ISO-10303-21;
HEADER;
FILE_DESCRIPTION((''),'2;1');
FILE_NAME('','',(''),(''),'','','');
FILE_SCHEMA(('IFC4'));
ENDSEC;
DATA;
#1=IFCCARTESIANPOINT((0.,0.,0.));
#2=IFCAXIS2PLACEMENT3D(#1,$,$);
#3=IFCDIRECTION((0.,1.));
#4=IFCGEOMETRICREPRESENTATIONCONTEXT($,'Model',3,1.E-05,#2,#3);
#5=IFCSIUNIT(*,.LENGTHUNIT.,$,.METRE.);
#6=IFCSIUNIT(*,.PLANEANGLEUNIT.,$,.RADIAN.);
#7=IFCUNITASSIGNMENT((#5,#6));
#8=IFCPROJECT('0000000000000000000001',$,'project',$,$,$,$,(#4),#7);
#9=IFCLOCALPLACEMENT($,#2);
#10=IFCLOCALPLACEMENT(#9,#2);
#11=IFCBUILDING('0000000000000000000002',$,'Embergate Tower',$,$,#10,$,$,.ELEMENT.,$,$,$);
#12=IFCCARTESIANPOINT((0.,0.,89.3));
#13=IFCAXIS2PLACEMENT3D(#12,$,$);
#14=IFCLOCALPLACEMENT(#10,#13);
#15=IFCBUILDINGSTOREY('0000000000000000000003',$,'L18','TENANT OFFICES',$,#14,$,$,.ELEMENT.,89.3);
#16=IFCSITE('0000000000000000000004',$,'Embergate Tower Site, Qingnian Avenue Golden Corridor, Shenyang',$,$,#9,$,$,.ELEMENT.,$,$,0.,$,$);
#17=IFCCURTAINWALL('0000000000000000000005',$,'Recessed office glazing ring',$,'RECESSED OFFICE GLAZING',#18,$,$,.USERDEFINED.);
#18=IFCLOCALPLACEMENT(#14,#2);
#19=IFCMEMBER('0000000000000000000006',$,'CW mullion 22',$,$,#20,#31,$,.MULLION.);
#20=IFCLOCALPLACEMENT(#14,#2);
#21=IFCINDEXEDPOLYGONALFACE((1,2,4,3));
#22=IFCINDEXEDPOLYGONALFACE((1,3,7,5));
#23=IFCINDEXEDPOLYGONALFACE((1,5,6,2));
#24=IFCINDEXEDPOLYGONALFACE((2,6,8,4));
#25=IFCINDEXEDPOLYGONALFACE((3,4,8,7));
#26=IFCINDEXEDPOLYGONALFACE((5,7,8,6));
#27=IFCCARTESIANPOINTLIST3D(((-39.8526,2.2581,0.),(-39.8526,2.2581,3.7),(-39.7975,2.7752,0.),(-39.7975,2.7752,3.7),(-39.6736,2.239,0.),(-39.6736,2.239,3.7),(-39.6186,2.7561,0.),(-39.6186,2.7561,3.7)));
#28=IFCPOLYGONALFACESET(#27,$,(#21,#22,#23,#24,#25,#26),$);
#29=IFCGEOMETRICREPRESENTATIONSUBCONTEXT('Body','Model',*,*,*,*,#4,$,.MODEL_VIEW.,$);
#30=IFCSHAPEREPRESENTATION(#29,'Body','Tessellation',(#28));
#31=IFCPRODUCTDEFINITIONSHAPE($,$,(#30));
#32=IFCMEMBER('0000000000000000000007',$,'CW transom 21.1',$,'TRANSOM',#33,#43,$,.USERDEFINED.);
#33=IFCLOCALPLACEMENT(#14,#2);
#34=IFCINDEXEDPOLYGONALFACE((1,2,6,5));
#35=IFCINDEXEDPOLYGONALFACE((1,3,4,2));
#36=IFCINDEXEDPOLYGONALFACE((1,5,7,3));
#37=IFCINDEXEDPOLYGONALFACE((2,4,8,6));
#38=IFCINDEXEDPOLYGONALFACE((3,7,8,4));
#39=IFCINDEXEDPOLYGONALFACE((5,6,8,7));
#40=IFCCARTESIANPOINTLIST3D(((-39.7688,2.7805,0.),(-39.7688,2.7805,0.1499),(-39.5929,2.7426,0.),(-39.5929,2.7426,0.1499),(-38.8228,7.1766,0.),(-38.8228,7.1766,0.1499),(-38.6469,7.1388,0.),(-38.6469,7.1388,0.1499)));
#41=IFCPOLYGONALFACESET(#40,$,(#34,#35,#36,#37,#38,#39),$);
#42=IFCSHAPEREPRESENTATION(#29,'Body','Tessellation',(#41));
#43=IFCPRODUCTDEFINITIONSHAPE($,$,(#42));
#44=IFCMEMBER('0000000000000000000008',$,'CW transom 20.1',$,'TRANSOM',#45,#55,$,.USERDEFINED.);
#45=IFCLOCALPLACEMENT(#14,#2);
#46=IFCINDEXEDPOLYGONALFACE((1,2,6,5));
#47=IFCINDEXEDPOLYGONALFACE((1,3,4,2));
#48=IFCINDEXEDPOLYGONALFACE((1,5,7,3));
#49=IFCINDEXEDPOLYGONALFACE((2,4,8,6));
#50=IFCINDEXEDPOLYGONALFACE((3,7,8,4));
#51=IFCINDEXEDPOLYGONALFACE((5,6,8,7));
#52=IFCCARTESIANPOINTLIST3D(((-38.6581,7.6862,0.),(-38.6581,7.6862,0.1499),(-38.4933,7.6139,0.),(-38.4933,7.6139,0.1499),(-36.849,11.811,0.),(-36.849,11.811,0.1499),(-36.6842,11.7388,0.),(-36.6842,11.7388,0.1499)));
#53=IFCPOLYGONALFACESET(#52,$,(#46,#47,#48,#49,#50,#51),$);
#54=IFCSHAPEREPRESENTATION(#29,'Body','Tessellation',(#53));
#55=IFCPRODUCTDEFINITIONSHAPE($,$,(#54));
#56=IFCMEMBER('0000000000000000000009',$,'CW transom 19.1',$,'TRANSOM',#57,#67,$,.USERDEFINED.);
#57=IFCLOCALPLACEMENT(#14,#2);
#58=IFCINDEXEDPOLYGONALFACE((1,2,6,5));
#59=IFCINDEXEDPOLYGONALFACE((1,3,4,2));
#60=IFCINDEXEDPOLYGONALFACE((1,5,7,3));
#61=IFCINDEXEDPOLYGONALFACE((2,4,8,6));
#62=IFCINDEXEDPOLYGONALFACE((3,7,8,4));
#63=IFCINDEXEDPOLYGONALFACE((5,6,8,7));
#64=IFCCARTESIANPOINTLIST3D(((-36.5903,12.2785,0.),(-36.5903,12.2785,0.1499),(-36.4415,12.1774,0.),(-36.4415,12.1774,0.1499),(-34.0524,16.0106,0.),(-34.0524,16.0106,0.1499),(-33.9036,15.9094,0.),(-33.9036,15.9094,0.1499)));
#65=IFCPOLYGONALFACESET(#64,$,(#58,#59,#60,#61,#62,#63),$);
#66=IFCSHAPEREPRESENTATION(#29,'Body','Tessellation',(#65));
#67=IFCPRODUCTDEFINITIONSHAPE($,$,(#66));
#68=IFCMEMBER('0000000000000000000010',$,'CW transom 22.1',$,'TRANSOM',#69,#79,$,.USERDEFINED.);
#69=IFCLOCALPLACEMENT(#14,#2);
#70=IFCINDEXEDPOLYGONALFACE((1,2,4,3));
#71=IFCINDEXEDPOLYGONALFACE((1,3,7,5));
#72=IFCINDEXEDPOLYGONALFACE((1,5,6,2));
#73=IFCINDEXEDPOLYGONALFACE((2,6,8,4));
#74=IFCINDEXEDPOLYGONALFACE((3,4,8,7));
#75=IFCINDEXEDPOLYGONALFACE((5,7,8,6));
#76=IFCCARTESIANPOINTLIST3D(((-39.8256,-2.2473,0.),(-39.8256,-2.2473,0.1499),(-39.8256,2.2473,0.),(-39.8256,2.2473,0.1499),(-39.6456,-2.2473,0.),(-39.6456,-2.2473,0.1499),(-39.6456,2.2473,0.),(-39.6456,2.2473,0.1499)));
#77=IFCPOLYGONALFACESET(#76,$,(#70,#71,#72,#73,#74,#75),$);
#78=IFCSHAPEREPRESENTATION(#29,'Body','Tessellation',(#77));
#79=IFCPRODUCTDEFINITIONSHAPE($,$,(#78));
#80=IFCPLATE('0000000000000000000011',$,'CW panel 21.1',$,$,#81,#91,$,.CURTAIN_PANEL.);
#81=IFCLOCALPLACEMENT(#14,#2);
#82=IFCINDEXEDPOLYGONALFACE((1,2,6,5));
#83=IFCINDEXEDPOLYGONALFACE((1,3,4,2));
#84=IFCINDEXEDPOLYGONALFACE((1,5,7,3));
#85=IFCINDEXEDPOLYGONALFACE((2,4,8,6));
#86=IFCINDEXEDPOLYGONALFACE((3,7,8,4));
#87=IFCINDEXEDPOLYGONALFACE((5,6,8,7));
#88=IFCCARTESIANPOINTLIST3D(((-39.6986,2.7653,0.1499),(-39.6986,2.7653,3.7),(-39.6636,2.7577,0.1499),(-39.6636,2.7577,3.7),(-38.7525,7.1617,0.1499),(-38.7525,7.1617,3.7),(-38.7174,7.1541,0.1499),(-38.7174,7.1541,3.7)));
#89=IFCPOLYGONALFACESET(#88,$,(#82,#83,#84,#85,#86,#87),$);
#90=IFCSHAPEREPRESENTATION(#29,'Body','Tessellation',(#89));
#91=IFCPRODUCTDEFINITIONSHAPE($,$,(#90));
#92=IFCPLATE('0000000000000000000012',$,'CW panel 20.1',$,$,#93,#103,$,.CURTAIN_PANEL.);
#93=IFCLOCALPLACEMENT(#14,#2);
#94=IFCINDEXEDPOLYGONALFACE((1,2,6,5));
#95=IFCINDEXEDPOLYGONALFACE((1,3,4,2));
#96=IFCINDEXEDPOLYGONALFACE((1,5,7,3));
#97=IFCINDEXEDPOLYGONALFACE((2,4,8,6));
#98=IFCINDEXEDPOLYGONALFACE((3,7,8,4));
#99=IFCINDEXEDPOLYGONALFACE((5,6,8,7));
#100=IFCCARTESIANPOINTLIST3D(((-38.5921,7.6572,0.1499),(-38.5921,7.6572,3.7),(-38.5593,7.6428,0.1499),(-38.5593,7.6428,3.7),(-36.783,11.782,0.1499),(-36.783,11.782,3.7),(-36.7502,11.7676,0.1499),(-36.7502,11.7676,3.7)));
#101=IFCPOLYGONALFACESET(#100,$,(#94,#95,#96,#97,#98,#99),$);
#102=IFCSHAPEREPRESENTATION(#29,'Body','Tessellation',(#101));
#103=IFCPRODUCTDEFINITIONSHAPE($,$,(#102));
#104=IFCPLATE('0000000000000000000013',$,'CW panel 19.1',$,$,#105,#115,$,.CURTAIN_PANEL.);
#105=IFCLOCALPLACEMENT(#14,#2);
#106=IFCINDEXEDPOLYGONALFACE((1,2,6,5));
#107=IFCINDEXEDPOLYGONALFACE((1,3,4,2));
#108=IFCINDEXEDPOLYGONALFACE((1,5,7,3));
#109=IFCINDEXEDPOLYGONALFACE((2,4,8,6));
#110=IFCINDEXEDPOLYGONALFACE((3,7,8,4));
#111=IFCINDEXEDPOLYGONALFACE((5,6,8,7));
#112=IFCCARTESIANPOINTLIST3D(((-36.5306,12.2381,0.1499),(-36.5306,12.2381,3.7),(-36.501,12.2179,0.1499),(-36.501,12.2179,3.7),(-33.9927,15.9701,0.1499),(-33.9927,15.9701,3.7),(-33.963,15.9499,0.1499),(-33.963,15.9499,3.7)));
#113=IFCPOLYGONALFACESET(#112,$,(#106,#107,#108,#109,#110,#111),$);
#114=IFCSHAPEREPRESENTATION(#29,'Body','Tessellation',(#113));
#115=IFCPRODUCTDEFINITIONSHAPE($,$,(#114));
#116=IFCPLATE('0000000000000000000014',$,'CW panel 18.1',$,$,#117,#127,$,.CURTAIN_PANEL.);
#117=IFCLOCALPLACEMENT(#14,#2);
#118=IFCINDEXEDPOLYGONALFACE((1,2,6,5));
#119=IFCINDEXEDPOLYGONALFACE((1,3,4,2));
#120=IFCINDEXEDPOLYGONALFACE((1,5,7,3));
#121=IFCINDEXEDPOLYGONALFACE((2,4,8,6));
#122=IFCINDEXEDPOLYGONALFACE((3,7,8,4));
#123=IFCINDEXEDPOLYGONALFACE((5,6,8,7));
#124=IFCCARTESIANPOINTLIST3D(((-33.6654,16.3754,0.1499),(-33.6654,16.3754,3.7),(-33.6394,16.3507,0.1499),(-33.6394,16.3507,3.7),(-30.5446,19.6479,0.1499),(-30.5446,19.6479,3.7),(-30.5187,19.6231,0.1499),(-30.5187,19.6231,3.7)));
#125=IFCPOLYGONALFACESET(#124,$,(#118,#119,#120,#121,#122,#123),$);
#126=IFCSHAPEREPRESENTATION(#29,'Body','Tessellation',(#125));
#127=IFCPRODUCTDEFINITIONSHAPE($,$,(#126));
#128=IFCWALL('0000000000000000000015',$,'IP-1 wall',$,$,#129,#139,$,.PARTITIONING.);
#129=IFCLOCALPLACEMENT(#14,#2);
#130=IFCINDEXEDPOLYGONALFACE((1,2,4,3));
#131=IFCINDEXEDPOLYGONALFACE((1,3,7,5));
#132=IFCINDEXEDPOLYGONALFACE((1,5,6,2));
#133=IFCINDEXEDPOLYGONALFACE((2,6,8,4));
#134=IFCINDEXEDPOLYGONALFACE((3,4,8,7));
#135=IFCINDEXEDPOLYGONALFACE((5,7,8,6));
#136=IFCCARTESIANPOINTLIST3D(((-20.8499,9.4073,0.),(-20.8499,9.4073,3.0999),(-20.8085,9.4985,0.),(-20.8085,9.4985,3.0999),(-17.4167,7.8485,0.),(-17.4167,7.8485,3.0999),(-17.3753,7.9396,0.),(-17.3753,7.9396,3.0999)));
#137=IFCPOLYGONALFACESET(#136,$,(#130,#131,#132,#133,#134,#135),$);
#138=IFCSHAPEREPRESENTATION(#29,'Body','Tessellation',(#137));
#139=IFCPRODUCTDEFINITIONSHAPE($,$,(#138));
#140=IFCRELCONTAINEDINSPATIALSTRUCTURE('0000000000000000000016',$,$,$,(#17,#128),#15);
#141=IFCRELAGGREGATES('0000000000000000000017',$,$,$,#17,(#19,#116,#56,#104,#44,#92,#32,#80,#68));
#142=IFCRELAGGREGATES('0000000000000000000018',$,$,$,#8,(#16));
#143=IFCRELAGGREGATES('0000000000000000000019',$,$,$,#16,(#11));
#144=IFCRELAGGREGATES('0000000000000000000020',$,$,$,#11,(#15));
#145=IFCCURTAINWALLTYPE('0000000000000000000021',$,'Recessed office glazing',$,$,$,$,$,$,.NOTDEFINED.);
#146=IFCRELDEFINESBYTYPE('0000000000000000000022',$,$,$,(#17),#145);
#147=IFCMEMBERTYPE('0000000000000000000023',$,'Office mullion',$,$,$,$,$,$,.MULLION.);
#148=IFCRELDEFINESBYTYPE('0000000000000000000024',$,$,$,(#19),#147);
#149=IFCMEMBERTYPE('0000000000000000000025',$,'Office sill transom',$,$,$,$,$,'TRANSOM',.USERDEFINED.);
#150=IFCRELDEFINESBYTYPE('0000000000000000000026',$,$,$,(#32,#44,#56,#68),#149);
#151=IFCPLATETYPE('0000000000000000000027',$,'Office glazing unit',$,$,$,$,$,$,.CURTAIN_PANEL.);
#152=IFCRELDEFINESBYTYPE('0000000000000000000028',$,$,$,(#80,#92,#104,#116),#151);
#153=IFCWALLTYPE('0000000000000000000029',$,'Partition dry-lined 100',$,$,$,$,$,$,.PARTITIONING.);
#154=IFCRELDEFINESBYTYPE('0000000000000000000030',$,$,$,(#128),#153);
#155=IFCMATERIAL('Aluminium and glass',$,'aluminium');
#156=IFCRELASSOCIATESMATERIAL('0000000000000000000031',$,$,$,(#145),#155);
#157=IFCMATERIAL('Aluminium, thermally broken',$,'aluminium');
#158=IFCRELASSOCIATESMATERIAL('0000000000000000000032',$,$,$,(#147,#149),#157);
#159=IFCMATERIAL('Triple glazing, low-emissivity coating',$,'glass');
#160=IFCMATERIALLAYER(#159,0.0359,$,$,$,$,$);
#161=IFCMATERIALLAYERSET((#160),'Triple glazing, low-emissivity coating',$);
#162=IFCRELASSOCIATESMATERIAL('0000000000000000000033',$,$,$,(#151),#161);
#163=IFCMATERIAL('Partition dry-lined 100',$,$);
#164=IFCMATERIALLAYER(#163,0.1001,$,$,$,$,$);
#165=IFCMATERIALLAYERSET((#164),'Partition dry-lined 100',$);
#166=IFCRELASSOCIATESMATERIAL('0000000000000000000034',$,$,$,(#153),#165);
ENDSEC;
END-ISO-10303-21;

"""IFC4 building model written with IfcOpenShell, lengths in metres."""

from ifc_helpers import new_model, si_unit, direction, frame, frame_2d, origin, origin_2d, place, context, subcontext, project, spatial, rectangle, extrude, source, transform, mapped, material, layer, layer_set, material_profile, profile_set, type_object, element, aggregate, save


model = new_model("IFC4")

# Units and contexts
model_context = context("Model", 3, precision=1e-05, world=origin(), true_north=direction((0.0, 1.0)))
body_context = subcontext(model_context, "Body", "Model", "MODEL_VIEW")
ifc_project = project(units=[si_unit("LENGTHUNIT", "METRE"), si_unit("PLANEANGLEUNIT", "RADIAN")], contexts=[model_context])

# Site, building, storey
site_placement = place(None, origin())
site = spatial("IfcSite", under=ifc_project, at=site_placement, Name="Embergate Tower Site, Qingnian Avenue Golden Corridor, Shenyang", CompositionType="ELEMENT", RefElevation=0.0)
building_placement = place(site_placement, origin())
building = spatial("IfcBuilding", under=site, at=building_placement, Name="Embergate Tower", CompositionType="ELEMENT")
storey_placement = place(building_placement, frame((0.0, 0.0, 89.3)))
storey = spatial("IfcBuildingStorey", under=building, at=storey_placement, Name="L18", Description="TENANT OFFICES", CompositionType="ELEMENT", Elevation=89.3)

# Curtain wall, members, plates
ifc_material_1 = material(Name="Aluminium and glass", Category="aluminium")
curtain_wall_type = type_object("IfcCurtainWallType", Name="Recessed office glazing", PredefinedType="NOTDEFINED", material=ifc_material_1)
curtain_wall_placement = place(storey_placement, origin())
curtain_wall = element("IfcCurtainWall", 1, at=curtain_wall_placement, inside=storey, type_object=curtain_wall_type, Name="Recessed office glazing ring", ObjectType="RECESSED OFFICE GLAZING", PredefinedType="USERDEFINED")
ifc_material_2 = material(Name="Aluminium, thermally broken", Category="aluminium")
ifc_material_profile_1 = material_profile(ifc_material_2, rectangle(XDim=0.1799, YDim=0.52, at=origin_2d()), Name="AL 520x180")
ifc_profile_set_1 = profile_set([ifc_material_profile_1], Name="Aluminium, thermally broken")
member_type_1 = type_object("IfcMemberType", Name="Office mullion", PredefinedType="MULLION", material=ifc_profile_set_1)
shared_shape_1 = source(origin(), body_context, "Body", "SweptSolid", [
    extrude(rectangle(XDim=0.1799, YDim=0.52, at=origin_2d()), origin(), (0.0, 0.0, 1.0), 3.7),
])
member_1_placement = place(storey_placement, frame((-39.7356, 2.5071, 0.0), z_axis=(0.0, 0.0, 1.0), x_axis=(0.994385, -0.105822, 0.0)))
member_1 = element("IfcMember", 2, at=member_1_placement, type_object=member_type_1, Name="CW mullion 22", PredefinedType="MULLION", context=body_context, shape_type="MappedRepresentation", body=[
    mapped(shared_shape_1, transform((0.0, 0.0, 0.0))),
])
ifc_material_profile_2 = material_profile(ifc_material_2, rectangle(XDim=0.1799, YDim=0.1499, at=origin_2d()), Name="AL 150x180")
ifc_profile_set_2 = profile_set([ifc_material_profile_2], Name="Aluminium, thermally broken")
member_type_2 = type_object("IfcMemberType", Name="Office sill transom", ElementType="TRANSOM", PredefinedType="USERDEFINED", material=ifc_profile_set_2)
shared_shape_2 = source(origin(), body_context, "Body", "SweptSolid", [
    extrude(rectangle(XDim=0.1799, YDim=0.1499, at=origin_2d()), origin(), (0.0, 0.0, 1.0), 4.4968),
])
member_2_placement = place(storey_placement, frame((-38.7349, 7.1577, 0.075), z_axis=(-0.210378, -0.97762, 0.0), x_axis=(0.97762, -0.210378, 0.0)))
member_2 = element("IfcMember", 3, at=member_2_placement, type_object=member_type_2, Name="CW transom 21.1", ObjectType="TRANSOM", PredefinedType="USERDEFINED", context=body_context, shape_type="MappedRepresentation", body=[
    mapped(shared_shape_2, transform((0.0, 0.0, 0.0))),
])
shared_shape_3 = source(origin(), body_context, "Body", "SweptSolid", [
    extrude(rectangle(XDim=0.1799, YDim=0.1499, at=origin_2d()), origin(), (0.0, 0.0, 1.0), 4.5042),
])
member_3_placement = place(storey_placement, frame((-36.7666, 11.7749, 0.075), z_axis=(-0.401658, -0.91579, 0.0), x_axis=(0.91579, -0.401658, 0.0)))
member_3 = element("IfcMember", 4, at=member_3_placement, type_object=member_type_2, Name="CW transom 20.1", ObjectType="TRANSOM", PredefinedType="USERDEFINED", context=body_context, shape_type="MappedRepresentation", body=[
    mapped(shared_shape_3, transform((0.0, 0.0, 0.0))),
])
shared_shape_4 = source(origin(), body_context, "Body", "SweptSolid", [
    extrude(rectangle(XDim=0.1799, YDim=0.1499, at=origin_2d()), origin(), (0.0, 0.0, 1.0), 4.5132),
])
member_4_placement = place(storey_placement, frame((-33.978, 15.96, 0.075), z_axis=(-0.562329, -0.826913, 0.0), x_axis=(0.826913, -0.562329, 0.0)))
member_4 = element("IfcMember", 5, at=member_4_placement, type_object=member_type_2, Name="CW transom 19.1", ObjectType="TRANSOM", PredefinedType="USERDEFINED", context=body_context, shape_type="MappedRepresentation", body=[
    mapped(shared_shape_4, transform((0.0, 0.0, 0.0))),
])
shared_shape_5 = source(origin(), body_context, "Body", "SweptSolid", [
    extrude(rectangle(XDim=0.1799, YDim=0.1499, at=origin_2d()), origin(), (0.0, 0.0, 1.0), 4.4946),
])
member_5_placement = place(storey_placement, frame((-39.7356, 2.2473, 0.075), z_axis=(0.0, -1.0, 0.0), x_axis=(1.0, 0.0, 0.0)))
member_5 = element("IfcMember", 6, at=member_5_placement, type_object=member_type_2, Name="CW transom 22.1", ObjectType="TRANSOM", PredefinedType="USERDEFINED", context=body_context, shape_type="MappedRepresentation", body=[
    mapped(shared_shape_5, transform((0.0, 0.0, 0.0))),
])
ifc_material_3 = material(Name="Triple glazing, low-emissivity coating", Category="glass")
ifc_layer_1 = layer(ifc_material_3, 0.0359)
ifc_layer_set_1 = layer_set([ifc_layer_1], Name="Triple glazing, low-emissivity coating")
plate_type = type_object("IfcPlateType", Name="Office glazing unit", PredefinedType="CURTAIN_PANEL", material=ifc_layer_set_1)
shared_shape_6 = source(origin(), body_context, "Body", "SweptSolid", [
    extrude(rectangle(XDim=4.4971, YDim=0.0359, at=origin_2d()), origin(), (0.0, 0.0, 1.0), 3.55),
])
plate_1_placement = place(storey_placement, frame((-39.208, 4.9597, 0.1499), z_axis=(0.0, 0.0, 1.0), x_axis=(-0.210398, -0.977616, 0.0)))
plate_1 = element("IfcPlate", 7, at=plate_1_placement, type_object=plate_type, Name="CW panel 21.1", PredefinedType="CURTAIN_PANEL", context=body_context, shape_type="MappedRepresentation", body=[
    mapped(shared_shape_6, transform((0.0, 0.0, 0.0))),
])
shared_shape_7 = source(origin(), body_context, "Body", "SweptSolid", [
    extrude(rectangle(XDim=4.5042, YDim=0.0359, at=origin_2d()), origin(), (0.0, 0.0, 1.0), 3.55),
])
plate_2_placement = place(storey_placement, frame((-37.6711, 9.7124, 0.1499), z_axis=(0.0, 0.0, 1.0), x_axis=(-0.401652, -0.915792, 0.0)))
plate_2 = element("IfcPlate", 8, at=plate_2_placement, type_object=plate_type, Name="CW panel 20.1", PredefinedType="CURTAIN_PANEL", context=body_context, shape_type="MappedRepresentation", body=[
    mapped(shared_shape_7, transform((0.0, 0.0, 0.0))),
])
shared_shape_8 = source(origin(), body_context, "Body", "SweptSolid", [
    extrude(rectangle(XDim=4.5132, YDim=0.0359, at=origin_2d()), origin(), (0.0, 0.0, 1.0), 3.55),
])
plate_3_placement = place(storey_placement, frame((-35.2468, 14.094, 0.1499), z_axis=(0.0, 0.0, 1.0), x_axis=(-0.562343, -0.826904, 0.0)))
plate_3 = element("IfcPlate", 9, at=plate_3_placement, type_object=plate_type, Name="CW panel 19.1", PredefinedType="CURTAIN_PANEL", context=body_context, shape_type="MappedRepresentation", body=[
    mapped(shared_shape_8, transform((0.0, 0.0, 0.0))),
])
shared_shape_9 = source(origin(), body_context, "Body", "SweptSolid", [
    extrude(rectangle(XDim=4.522, YDim=0.0359, at=origin_2d()), origin(), (0.0, 0.0, 1.0), 3.55),
])
plate_4_placement = place(storey_placement, frame((-32.092, 17.9993, 0.1499), z_axis=(0.0, 0.0, 1.0), x_axis=(-0.690135, -0.723681, 0.0)))
plate_4 = element("IfcPlate", 10, at=plate_4_placement, type_object=plate_type, Name="CW panel 18.1", PredefinedType="CURTAIN_PANEL", context=body_context, shape_type="MappedRepresentation", body=[
    mapped(shared_shape_9, transform((0.0, 0.0, 0.0))),
])
aggregate(curtain_wall, [member_1, plate_4, member_4, plate_3, member_3, plate_2, member_2, plate_1, member_5])

# Wall
ifc_material_4 = material(Name="Partition dry-lined 100")
ifc_layer_2 = layer(ifc_material_4, 0.1001)
ifc_layer_set_2 = layer_set([ifc_layer_2], Name="Partition dry-lined 100")
wall_type = type_object("IfcWallType", Name="Partition dry-lined 100", PredefinedType="PARTITIONING", material=ifc_layer_set_2)
shared_shape_10 = source(origin(), body_context, "Body", "SweptSolid", [
    extrude(rectangle(XDim=3.7705, YDim=0.1001, at=frame_2d((1.8853, 0.0))), origin(), (0.0, 0.0, 1.0), 3.0999),
])
wall_placement = place(storey_placement, frame((-17.396, 7.894, 0.0), z_axis=(0.0, 0.0, 1.0), x_axis=(-0.910533, 0.413437, 0.0)))
element("IfcWall", 11, at=wall_placement, inside=storey, type_object=wall_type, Name="IP-1 wall", PredefinedType="PARTITIONING", context=body_context, shape_type="MappedRepresentation", body=[
    mapped(shared_shape_10, transform((0.0, 0.0, 0.0))),
])

save(model, "model.ifc")
